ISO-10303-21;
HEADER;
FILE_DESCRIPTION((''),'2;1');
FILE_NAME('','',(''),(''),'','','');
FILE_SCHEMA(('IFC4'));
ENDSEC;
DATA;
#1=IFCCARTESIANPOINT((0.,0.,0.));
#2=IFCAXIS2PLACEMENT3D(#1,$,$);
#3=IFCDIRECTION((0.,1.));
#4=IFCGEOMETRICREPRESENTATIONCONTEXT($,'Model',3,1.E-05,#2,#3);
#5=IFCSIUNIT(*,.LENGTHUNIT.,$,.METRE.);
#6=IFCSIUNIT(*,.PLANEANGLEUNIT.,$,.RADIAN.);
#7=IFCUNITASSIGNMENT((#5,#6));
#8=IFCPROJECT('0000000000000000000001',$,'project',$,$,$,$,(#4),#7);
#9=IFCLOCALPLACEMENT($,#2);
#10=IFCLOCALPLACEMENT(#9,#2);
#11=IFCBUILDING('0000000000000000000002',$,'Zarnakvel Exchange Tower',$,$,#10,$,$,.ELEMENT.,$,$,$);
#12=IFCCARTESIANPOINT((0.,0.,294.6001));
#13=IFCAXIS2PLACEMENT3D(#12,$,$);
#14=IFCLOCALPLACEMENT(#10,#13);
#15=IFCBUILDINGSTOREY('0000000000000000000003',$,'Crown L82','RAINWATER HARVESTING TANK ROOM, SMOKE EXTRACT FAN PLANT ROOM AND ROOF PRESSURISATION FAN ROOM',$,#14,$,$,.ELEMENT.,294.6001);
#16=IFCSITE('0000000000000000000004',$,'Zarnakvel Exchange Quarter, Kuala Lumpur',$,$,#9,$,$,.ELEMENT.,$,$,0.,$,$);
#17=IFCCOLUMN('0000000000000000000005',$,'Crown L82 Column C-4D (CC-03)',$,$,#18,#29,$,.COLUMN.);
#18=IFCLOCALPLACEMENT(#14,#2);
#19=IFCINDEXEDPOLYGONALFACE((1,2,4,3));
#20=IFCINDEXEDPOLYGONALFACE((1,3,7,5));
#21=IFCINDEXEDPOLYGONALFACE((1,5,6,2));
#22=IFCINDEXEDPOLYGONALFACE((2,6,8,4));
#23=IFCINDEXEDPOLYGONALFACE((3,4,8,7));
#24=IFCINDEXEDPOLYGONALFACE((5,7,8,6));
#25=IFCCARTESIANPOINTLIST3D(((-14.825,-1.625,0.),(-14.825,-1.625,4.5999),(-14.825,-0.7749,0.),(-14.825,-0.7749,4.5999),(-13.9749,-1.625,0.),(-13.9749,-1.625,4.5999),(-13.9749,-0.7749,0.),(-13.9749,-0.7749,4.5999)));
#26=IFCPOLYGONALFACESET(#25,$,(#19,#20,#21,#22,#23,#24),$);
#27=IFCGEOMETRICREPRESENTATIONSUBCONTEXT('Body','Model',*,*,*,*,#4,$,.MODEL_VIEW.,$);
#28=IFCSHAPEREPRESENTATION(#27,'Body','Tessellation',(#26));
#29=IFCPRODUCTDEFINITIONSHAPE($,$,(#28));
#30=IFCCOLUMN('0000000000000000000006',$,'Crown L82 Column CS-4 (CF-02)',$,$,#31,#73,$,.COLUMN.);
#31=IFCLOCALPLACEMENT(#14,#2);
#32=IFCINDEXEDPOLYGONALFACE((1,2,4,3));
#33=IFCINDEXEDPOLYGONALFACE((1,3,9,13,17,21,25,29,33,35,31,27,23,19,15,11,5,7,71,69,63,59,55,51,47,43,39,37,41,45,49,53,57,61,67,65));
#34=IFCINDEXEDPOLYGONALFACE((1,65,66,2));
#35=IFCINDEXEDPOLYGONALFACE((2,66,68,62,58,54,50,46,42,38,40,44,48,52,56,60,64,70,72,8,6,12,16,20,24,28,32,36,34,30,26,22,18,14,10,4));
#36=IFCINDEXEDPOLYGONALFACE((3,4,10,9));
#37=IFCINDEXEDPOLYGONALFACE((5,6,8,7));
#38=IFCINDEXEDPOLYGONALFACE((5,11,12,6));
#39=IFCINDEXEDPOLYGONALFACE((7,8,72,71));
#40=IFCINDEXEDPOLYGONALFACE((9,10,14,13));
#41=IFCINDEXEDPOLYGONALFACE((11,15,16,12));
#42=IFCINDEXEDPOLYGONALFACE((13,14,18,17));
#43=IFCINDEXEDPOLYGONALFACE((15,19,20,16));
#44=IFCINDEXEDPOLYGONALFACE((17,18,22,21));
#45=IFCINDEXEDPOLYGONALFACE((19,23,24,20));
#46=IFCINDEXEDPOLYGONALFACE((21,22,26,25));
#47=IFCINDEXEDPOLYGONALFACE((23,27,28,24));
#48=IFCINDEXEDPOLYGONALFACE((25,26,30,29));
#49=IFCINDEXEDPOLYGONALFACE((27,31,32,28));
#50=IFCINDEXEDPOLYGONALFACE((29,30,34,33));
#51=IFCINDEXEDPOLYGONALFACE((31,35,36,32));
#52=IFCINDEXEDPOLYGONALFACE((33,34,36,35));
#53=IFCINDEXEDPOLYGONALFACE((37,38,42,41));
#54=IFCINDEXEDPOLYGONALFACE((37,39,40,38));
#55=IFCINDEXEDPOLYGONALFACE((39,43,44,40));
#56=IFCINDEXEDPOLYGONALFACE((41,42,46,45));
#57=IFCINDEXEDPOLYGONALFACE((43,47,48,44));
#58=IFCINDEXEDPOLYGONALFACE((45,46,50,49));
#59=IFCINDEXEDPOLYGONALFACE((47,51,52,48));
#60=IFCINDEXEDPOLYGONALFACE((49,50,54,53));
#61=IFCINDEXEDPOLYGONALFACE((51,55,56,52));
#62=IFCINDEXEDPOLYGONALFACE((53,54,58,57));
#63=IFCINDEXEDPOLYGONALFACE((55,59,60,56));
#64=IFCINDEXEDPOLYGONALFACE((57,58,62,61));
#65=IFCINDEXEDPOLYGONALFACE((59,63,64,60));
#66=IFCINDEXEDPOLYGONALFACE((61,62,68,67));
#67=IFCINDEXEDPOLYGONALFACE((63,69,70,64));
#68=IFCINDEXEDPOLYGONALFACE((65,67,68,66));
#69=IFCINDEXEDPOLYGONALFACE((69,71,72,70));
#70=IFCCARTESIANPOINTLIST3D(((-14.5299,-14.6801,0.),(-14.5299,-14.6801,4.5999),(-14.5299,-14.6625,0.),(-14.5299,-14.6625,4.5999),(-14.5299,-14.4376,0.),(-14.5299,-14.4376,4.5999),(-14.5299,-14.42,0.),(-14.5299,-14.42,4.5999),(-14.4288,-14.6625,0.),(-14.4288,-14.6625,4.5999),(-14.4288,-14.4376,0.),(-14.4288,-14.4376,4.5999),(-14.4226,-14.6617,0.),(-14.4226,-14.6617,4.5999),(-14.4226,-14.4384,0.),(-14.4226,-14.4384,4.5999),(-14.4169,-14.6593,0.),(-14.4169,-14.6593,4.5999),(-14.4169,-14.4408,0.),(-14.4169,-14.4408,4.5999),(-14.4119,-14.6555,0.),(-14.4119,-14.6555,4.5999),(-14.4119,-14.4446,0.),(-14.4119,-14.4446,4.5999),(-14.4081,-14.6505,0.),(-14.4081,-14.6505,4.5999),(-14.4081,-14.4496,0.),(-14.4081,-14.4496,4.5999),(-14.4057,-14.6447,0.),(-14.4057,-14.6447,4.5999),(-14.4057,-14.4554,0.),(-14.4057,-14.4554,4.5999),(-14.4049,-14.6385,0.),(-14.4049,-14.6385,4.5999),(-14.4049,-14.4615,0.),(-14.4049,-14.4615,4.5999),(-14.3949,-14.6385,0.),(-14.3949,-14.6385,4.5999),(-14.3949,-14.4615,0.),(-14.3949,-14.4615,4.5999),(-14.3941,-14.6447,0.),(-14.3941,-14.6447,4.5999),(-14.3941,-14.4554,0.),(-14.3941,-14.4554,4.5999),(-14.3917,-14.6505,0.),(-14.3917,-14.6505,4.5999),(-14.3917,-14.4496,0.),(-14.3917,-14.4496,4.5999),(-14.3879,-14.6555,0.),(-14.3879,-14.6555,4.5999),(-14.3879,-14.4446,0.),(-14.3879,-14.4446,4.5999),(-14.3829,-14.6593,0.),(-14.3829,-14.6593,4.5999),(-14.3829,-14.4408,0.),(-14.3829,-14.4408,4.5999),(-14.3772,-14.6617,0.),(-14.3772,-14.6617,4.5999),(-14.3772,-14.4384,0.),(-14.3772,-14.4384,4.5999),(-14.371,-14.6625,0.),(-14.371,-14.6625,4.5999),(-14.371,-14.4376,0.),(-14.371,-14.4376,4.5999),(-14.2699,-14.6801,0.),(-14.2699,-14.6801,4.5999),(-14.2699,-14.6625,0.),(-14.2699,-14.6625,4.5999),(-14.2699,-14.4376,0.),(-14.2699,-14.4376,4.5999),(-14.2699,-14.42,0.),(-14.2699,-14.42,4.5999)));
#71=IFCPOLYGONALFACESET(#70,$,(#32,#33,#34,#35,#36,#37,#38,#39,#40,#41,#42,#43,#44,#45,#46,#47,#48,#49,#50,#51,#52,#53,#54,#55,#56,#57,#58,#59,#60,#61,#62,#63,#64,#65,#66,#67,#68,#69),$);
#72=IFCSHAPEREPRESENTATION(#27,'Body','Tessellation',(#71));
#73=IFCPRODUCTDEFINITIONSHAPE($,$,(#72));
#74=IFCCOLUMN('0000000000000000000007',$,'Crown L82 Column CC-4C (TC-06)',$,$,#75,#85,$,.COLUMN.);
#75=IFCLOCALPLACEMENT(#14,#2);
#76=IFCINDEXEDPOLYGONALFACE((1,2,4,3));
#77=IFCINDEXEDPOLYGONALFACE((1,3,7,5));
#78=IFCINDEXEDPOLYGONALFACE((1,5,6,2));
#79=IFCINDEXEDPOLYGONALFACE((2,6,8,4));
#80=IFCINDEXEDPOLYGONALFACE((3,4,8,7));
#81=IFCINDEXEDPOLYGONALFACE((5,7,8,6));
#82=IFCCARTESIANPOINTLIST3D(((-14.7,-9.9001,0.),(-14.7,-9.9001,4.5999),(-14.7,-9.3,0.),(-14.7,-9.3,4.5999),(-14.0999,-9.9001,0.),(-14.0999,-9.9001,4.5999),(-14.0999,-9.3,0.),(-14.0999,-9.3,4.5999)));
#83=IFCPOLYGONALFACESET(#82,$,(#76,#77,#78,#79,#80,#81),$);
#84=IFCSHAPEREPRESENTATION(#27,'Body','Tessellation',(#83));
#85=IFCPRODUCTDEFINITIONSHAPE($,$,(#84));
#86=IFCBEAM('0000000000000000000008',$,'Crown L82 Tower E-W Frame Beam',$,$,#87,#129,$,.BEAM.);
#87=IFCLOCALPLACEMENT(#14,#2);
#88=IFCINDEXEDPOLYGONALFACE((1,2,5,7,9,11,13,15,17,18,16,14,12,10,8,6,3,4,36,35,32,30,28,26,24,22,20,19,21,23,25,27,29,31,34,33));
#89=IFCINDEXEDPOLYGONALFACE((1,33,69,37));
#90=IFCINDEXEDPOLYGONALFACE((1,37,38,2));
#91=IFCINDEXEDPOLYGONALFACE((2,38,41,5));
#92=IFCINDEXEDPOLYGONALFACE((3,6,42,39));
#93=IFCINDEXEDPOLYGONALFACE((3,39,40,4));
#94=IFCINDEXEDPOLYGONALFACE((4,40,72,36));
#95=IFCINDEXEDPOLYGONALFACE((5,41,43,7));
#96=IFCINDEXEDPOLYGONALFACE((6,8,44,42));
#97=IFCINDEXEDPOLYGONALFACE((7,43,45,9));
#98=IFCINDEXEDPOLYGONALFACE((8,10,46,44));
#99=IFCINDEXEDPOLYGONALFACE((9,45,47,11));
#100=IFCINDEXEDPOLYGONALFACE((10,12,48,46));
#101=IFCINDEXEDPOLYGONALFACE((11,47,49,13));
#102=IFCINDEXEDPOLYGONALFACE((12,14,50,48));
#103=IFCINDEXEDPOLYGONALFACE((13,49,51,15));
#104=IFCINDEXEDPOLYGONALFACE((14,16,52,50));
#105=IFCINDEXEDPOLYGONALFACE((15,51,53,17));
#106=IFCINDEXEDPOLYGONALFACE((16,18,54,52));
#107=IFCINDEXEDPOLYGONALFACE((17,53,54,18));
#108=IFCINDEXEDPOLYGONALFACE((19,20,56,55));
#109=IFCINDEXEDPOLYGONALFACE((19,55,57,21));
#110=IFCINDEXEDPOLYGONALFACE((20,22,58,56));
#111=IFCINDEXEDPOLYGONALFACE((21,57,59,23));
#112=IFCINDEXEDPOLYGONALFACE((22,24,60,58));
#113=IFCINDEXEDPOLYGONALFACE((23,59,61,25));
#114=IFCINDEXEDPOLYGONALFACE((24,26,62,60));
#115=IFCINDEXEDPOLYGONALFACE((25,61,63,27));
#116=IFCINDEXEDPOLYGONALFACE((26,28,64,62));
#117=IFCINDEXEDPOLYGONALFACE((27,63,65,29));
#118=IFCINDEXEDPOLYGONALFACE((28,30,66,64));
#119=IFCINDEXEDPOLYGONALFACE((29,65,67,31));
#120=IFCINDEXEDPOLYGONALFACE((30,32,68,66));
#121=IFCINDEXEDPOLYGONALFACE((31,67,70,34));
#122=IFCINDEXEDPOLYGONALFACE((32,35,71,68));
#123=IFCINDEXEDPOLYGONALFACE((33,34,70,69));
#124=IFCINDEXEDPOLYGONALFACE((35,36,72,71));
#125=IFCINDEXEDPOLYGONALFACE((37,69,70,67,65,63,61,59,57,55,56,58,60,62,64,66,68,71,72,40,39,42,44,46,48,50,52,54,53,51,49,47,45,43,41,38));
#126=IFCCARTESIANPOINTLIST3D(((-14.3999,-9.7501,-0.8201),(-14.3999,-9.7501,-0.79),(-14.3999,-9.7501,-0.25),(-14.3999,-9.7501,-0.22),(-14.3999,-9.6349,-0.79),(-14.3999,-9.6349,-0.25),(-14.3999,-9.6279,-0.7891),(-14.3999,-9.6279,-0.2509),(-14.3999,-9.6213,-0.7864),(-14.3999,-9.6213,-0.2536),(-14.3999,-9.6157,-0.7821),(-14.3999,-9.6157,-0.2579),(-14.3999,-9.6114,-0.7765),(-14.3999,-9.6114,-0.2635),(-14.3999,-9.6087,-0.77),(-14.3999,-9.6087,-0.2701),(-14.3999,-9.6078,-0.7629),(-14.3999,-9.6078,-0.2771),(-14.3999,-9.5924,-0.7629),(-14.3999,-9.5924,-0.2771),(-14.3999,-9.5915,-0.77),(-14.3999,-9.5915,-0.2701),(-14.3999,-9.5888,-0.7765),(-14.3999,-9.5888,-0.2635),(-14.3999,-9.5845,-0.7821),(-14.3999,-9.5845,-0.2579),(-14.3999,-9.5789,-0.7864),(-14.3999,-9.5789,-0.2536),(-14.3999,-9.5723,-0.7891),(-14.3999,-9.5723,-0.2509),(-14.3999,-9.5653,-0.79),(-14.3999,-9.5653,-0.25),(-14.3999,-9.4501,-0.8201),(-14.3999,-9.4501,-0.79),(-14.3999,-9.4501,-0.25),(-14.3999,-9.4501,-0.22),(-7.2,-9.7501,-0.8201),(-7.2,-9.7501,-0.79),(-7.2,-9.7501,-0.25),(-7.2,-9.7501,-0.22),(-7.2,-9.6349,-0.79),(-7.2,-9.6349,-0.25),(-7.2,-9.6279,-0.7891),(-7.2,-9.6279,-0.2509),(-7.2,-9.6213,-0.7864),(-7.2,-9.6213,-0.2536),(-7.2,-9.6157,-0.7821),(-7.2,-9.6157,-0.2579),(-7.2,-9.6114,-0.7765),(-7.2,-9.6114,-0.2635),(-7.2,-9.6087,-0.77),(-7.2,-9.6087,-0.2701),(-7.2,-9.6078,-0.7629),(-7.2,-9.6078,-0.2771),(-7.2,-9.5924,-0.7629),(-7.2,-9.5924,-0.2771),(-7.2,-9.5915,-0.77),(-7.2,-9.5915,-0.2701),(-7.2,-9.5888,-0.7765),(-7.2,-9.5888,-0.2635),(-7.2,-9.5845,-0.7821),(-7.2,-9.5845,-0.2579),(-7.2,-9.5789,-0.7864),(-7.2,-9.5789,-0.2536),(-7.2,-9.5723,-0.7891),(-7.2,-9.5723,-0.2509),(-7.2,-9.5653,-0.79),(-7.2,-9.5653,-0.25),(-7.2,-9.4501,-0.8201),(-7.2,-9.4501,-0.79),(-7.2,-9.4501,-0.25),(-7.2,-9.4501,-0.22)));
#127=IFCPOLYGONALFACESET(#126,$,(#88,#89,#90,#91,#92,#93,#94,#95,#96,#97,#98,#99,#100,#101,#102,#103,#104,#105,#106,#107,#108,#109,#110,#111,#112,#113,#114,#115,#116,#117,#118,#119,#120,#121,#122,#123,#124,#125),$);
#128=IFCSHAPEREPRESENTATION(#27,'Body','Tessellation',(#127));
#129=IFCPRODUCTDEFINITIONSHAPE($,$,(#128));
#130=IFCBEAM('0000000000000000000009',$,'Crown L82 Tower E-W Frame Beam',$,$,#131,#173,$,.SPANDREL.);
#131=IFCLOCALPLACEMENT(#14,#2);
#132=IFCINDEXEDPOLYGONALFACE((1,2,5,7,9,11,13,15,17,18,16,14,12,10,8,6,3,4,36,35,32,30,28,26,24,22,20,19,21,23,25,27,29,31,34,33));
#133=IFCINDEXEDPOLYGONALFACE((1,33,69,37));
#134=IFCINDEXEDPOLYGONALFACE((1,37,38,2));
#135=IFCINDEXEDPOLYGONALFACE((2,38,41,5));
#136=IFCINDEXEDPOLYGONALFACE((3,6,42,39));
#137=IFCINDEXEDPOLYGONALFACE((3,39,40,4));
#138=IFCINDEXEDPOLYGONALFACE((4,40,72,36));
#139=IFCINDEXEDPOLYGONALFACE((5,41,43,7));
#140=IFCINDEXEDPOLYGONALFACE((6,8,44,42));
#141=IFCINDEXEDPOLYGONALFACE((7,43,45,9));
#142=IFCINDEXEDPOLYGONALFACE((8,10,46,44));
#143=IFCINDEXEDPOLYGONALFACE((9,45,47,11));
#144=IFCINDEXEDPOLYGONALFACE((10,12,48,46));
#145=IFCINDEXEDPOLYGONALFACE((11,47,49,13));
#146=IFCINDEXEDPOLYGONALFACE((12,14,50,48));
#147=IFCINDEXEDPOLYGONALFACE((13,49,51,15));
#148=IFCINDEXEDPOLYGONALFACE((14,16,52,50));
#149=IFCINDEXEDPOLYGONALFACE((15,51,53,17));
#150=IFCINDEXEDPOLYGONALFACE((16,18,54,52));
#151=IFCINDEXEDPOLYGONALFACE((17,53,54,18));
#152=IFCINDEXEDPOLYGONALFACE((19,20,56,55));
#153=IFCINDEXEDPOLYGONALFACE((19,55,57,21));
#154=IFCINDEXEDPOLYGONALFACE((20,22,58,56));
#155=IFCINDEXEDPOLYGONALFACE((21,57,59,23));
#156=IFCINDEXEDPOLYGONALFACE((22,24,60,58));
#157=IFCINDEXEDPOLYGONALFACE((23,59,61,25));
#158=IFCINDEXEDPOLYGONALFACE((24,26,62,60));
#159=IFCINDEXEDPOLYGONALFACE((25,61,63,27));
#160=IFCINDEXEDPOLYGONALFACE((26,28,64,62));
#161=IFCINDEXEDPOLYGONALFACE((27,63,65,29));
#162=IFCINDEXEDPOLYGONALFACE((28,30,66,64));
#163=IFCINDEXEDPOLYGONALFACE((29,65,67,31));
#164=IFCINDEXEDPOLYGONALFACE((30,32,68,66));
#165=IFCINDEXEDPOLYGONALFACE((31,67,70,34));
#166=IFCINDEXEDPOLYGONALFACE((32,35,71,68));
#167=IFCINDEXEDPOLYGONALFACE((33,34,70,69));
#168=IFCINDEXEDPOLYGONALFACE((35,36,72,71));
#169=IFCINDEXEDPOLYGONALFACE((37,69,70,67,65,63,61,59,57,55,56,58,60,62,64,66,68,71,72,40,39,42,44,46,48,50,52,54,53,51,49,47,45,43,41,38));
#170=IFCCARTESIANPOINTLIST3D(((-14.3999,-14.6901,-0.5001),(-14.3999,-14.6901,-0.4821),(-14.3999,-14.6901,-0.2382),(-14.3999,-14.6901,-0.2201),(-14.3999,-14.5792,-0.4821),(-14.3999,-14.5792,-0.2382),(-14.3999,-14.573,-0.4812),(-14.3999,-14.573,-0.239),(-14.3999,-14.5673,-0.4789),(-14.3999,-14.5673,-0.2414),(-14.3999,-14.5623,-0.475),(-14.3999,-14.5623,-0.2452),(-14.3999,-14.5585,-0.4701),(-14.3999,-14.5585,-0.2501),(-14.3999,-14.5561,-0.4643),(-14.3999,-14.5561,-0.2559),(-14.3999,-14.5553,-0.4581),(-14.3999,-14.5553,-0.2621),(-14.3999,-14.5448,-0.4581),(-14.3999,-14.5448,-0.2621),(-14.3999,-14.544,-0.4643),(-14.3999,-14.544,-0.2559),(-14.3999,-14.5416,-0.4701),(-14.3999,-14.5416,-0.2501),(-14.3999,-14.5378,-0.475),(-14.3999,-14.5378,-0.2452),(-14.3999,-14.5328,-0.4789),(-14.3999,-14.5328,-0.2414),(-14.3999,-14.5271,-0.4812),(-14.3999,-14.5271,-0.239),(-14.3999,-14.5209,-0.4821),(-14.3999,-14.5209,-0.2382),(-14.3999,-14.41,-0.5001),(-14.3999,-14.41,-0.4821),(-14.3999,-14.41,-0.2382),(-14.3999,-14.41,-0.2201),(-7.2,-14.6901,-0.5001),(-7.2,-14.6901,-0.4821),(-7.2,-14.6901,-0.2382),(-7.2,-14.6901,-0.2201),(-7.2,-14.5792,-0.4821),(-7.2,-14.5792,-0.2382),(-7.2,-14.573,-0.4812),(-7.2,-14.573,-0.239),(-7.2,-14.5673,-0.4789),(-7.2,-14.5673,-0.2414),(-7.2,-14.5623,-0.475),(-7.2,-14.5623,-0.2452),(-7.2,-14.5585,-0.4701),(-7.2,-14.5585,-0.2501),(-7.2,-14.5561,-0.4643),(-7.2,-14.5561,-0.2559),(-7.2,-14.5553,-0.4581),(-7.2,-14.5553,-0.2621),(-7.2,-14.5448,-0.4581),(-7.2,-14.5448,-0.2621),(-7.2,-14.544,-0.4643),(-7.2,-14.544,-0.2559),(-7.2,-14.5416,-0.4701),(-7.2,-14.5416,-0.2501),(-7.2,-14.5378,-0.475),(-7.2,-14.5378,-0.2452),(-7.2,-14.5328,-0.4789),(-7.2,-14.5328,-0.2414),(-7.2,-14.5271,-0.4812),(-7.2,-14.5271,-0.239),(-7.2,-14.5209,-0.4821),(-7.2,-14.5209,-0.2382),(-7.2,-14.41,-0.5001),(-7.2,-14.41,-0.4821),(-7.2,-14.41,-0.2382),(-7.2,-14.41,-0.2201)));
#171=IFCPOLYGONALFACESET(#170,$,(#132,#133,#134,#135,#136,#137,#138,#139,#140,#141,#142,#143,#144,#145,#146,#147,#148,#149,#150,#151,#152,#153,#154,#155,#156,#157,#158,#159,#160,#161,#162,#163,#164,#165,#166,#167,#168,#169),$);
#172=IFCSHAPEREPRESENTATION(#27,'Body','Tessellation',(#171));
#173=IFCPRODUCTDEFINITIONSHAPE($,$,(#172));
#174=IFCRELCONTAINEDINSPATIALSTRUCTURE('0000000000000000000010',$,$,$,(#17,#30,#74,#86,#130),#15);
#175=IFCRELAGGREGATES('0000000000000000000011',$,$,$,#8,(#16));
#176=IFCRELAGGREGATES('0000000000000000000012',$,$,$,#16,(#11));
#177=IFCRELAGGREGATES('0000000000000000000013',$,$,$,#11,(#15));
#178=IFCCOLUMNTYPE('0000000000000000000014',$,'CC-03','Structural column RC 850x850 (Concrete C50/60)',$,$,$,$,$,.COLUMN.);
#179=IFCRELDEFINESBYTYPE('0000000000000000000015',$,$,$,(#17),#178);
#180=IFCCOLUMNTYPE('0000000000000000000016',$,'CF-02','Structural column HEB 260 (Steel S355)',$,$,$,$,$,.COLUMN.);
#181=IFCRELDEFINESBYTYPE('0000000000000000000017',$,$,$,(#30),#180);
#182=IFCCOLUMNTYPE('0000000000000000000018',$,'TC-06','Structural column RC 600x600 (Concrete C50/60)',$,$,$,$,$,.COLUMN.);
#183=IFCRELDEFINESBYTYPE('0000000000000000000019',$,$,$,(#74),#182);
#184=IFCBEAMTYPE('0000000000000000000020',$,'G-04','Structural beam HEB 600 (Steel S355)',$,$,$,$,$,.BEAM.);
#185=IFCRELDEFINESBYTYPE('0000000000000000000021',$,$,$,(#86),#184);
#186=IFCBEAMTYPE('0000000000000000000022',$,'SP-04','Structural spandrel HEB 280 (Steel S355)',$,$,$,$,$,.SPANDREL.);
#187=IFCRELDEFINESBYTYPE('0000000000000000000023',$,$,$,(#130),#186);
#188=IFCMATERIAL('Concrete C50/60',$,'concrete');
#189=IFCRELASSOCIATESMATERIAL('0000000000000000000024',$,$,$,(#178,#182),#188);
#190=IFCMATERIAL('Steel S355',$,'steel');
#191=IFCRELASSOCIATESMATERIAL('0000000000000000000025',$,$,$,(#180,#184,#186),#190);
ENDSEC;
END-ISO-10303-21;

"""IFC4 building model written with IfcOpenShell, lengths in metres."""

from ifc_helpers import new_model, si_unit, direction, frame, origin, origin_2d, place, context, subcontext, project, spatial, rectangle, i_section, extrude, material, material_profile, profile_set, type_object, element, save


model = new_model("IFC4")

# Units and contexts
model_context = context("Model", 3, precision=1e-05, world=origin(), true_north=direction((0.0, 1.0)))
body_context = subcontext(model_context, "Body", "Model", "MODEL_VIEW")
ifc_project = project(units=[si_unit("LENGTHUNIT", "METRE"), si_unit("PLANEANGLEUNIT", "RADIAN")], contexts=[model_context])

# Site, building, storey
site_placement = place(None, origin())
site = spatial("IfcSite", under=ifc_project, at=site_placement, Name="Zarnakvel Exchange Quarter, Kuala Lumpur", CompositionType="ELEMENT", RefElevation=0.0)
building_placement = place(site_placement, origin())
building = spatial("IfcBuilding", under=site, at=building_placement, Name="Zarnakvel Exchange Tower", CompositionType="ELEMENT")
storey_placement = place(building_placement, frame((0.0, 0.0, 294.6001)))
storey = spatial("IfcBuildingStorey", under=building, at=storey_placement, Name="Crown L82", Description="RAINWATER HARVESTING TANK ROOM, SMOKE EXTRACT FAN PLANT ROOM AND ROOF PRESSURISATION FAN ROOM", CompositionType="ELEMENT", Elevation=294.6001)

# Columns
ifc_material_1 = material(Name="Concrete C50/60", Category="concrete")
ifc_material_profile_1 = material_profile(ifc_material_1, rectangle(XDim=0.8501, YDim=0.8501, at=origin_2d()))
ifc_profile_set_1 = profile_set([ifc_material_profile_1], Name="Concrete C50/60")
column_type_1 = type_object("IfcColumnType", Name="CC-03", Description="Structural column RC 850x850 (Concrete C50/60)", PredefinedType="COLUMN", material=ifc_profile_set_1)
column_1_placement = place(storey_placement, frame((-14.3999, -1.2, 0.0), z_axis=(0.0, 0.0, 1.0), x_axis=(1.0, 0.0, 0.0)))
element("IfcColumn", 1, at=column_1_placement, inside=storey, type_object=column_type_1, Name="Crown L82 Column C-4D (CC-03)", PredefinedType="COLUMN", context=body_context, shape_type="SweptSolid", body=[
    extrude(rectangle(XDim=0.8501, YDim=0.8501, at=origin_2d()), origin(), (0.0, 0.0, 1.0), 4.5999),
])
ifc_material_2 = material(Name="Steel S355", Category="steel")
ifc_material_profile_2 = material_profile(ifc_material_2, i_section(OverallWidth=0.26, OverallDepth=0.26, WebThickness=0.01, FlangeThickness=0.0176, FilletRadius=0.0239, at=origin_2d()))
ifc_profile_set_2 = profile_set([ifc_material_profile_2], Name="Steel S355")
column_type_2 = type_object("IfcColumnType", Name="CF-02", Description="Structural column HEB 260 (Steel S355)", PredefinedType="COLUMN", material=ifc_profile_set_2)
column_2_placement = place(storey_placement, frame((-14.3999, -14.55, 0.0), z_axis=(0.0, 0.0, 1.0), x_axis=(1.0, 0.0, 0.0)))
element("IfcColumn", 2, at=column_2_placement, inside=storey, type_object=column_type_2, Name="Crown L82 Column CS-4 (CF-02)", PredefinedType="COLUMN", context=body_context, shape_type="SweptSolid", body=[
    extrude(i_section(OverallWidth=0.26, OverallDepth=0.26, WebThickness=0.01, FlangeThickness=0.0176, FilletRadius=0.0239, at=origin_2d()), origin(), (0.0, 0.0, 1.0), 4.5999),
])
ifc_material_profile_3 = material_profile(ifc_material_1, rectangle(XDim=0.6001, YDim=0.6001, at=origin_2d()))
ifc_profile_set_3 = profile_set([ifc_material_profile_3], Name="Concrete C50/60")
column_type_3 = type_object("IfcColumnType", Name="TC-06", Description="Structural column RC 600x600 (Concrete C50/60)", PredefinedType="COLUMN", material=ifc_profile_set_3)
column_3_placement = place(storey_placement, frame((-14.3999, -9.6001, 0.0), z_axis=(0.0, 0.0, 1.0), x_axis=(1.0, 0.0, 0.0)))
element("IfcColumn", 3, at=column_3_placement, inside=storey, type_object=column_type_3, Name="Crown L82 Column CC-4C (TC-06)", PredefinedType="COLUMN", context=body_context, shape_type="SweptSolid", body=[
    extrude(rectangle(XDim=0.6001, YDim=0.6001, at=origin_2d()), origin(), (0.0, 0.0, 1.0), 4.5999),
])

# Beams
ifc_material_profile_4 = material_profile(ifc_material_2, i_section(OverallWidth=0.3, OverallDepth=0.6001, WebThickness=0.0154, FlangeThickness=0.03, FilletRadius=0.0271, at=origin_2d()))
ifc_profile_set_4 = profile_set([ifc_material_profile_4], Name="Steel S355")
beam_type_1 = type_object("IfcBeamType", Name="G-04", Description="Structural beam HEB 600 (Steel S355)", PredefinedType="BEAM", material=ifc_profile_set_4)
beam_1_placement = place(storey_placement, frame((-14.3999, -9.6001, -0.52), z_axis=(1.0, 0.0, 0.0), x_axis=(0.0, 1.0, 0.0)))
element("IfcBeam", 4, at=beam_1_placement, inside=storey, type_object=beam_type_1, Name="Crown L82 Tower E-W Frame Beam", PredefinedType="BEAM", context=body_context, shape_type="SweptSolid", body=[
    extrude(i_section(OverallWidth=0.3, OverallDepth=0.6001, WebThickness=0.0154, FlangeThickness=0.03, FilletRadius=0.0271, at=origin_2d()), origin(), (0.0, 0.0, 1.0), 7.2),
])
ifc_material_profile_5 = material_profile(ifc_material_2, i_section(OverallWidth=0.28, OverallDepth=0.28, WebThickness=0.0105, FlangeThickness=0.0181, FilletRadius=0.0239, at=origin_2d()))
ifc_profile_set_5 = profile_set([ifc_material_profile_5], Name="Steel S355")
beam_type_2 = type_object("IfcBeamType", Name="SP-04", Description="Structural spandrel HEB 280 (Steel S355)", PredefinedType="SPANDREL", material=ifc_profile_set_5)
beam_2_placement = place(storey_placement, frame((-14.3999, -14.55, -0.3601), z_axis=(1.0, 0.0, 0.0), x_axis=(0.0, 1.0, 0.0)))
element("IfcBeam", 5, at=beam_2_placement, inside=storey, type_object=beam_type_2, Name="Crown L82 Tower E-W Frame Beam", PredefinedType="SPANDREL", context=body_context, shape_type="SweptSolid", body=[
    extrude(i_section(OverallWidth=0.28, OverallDepth=0.28, WebThickness=0.0105, FlangeThickness=0.0181, FilletRadius=0.0239, at=origin_2d()), origin(), (0.0, 0.0, 1.0), 7.2),
])

save(model, "model.ifc")
